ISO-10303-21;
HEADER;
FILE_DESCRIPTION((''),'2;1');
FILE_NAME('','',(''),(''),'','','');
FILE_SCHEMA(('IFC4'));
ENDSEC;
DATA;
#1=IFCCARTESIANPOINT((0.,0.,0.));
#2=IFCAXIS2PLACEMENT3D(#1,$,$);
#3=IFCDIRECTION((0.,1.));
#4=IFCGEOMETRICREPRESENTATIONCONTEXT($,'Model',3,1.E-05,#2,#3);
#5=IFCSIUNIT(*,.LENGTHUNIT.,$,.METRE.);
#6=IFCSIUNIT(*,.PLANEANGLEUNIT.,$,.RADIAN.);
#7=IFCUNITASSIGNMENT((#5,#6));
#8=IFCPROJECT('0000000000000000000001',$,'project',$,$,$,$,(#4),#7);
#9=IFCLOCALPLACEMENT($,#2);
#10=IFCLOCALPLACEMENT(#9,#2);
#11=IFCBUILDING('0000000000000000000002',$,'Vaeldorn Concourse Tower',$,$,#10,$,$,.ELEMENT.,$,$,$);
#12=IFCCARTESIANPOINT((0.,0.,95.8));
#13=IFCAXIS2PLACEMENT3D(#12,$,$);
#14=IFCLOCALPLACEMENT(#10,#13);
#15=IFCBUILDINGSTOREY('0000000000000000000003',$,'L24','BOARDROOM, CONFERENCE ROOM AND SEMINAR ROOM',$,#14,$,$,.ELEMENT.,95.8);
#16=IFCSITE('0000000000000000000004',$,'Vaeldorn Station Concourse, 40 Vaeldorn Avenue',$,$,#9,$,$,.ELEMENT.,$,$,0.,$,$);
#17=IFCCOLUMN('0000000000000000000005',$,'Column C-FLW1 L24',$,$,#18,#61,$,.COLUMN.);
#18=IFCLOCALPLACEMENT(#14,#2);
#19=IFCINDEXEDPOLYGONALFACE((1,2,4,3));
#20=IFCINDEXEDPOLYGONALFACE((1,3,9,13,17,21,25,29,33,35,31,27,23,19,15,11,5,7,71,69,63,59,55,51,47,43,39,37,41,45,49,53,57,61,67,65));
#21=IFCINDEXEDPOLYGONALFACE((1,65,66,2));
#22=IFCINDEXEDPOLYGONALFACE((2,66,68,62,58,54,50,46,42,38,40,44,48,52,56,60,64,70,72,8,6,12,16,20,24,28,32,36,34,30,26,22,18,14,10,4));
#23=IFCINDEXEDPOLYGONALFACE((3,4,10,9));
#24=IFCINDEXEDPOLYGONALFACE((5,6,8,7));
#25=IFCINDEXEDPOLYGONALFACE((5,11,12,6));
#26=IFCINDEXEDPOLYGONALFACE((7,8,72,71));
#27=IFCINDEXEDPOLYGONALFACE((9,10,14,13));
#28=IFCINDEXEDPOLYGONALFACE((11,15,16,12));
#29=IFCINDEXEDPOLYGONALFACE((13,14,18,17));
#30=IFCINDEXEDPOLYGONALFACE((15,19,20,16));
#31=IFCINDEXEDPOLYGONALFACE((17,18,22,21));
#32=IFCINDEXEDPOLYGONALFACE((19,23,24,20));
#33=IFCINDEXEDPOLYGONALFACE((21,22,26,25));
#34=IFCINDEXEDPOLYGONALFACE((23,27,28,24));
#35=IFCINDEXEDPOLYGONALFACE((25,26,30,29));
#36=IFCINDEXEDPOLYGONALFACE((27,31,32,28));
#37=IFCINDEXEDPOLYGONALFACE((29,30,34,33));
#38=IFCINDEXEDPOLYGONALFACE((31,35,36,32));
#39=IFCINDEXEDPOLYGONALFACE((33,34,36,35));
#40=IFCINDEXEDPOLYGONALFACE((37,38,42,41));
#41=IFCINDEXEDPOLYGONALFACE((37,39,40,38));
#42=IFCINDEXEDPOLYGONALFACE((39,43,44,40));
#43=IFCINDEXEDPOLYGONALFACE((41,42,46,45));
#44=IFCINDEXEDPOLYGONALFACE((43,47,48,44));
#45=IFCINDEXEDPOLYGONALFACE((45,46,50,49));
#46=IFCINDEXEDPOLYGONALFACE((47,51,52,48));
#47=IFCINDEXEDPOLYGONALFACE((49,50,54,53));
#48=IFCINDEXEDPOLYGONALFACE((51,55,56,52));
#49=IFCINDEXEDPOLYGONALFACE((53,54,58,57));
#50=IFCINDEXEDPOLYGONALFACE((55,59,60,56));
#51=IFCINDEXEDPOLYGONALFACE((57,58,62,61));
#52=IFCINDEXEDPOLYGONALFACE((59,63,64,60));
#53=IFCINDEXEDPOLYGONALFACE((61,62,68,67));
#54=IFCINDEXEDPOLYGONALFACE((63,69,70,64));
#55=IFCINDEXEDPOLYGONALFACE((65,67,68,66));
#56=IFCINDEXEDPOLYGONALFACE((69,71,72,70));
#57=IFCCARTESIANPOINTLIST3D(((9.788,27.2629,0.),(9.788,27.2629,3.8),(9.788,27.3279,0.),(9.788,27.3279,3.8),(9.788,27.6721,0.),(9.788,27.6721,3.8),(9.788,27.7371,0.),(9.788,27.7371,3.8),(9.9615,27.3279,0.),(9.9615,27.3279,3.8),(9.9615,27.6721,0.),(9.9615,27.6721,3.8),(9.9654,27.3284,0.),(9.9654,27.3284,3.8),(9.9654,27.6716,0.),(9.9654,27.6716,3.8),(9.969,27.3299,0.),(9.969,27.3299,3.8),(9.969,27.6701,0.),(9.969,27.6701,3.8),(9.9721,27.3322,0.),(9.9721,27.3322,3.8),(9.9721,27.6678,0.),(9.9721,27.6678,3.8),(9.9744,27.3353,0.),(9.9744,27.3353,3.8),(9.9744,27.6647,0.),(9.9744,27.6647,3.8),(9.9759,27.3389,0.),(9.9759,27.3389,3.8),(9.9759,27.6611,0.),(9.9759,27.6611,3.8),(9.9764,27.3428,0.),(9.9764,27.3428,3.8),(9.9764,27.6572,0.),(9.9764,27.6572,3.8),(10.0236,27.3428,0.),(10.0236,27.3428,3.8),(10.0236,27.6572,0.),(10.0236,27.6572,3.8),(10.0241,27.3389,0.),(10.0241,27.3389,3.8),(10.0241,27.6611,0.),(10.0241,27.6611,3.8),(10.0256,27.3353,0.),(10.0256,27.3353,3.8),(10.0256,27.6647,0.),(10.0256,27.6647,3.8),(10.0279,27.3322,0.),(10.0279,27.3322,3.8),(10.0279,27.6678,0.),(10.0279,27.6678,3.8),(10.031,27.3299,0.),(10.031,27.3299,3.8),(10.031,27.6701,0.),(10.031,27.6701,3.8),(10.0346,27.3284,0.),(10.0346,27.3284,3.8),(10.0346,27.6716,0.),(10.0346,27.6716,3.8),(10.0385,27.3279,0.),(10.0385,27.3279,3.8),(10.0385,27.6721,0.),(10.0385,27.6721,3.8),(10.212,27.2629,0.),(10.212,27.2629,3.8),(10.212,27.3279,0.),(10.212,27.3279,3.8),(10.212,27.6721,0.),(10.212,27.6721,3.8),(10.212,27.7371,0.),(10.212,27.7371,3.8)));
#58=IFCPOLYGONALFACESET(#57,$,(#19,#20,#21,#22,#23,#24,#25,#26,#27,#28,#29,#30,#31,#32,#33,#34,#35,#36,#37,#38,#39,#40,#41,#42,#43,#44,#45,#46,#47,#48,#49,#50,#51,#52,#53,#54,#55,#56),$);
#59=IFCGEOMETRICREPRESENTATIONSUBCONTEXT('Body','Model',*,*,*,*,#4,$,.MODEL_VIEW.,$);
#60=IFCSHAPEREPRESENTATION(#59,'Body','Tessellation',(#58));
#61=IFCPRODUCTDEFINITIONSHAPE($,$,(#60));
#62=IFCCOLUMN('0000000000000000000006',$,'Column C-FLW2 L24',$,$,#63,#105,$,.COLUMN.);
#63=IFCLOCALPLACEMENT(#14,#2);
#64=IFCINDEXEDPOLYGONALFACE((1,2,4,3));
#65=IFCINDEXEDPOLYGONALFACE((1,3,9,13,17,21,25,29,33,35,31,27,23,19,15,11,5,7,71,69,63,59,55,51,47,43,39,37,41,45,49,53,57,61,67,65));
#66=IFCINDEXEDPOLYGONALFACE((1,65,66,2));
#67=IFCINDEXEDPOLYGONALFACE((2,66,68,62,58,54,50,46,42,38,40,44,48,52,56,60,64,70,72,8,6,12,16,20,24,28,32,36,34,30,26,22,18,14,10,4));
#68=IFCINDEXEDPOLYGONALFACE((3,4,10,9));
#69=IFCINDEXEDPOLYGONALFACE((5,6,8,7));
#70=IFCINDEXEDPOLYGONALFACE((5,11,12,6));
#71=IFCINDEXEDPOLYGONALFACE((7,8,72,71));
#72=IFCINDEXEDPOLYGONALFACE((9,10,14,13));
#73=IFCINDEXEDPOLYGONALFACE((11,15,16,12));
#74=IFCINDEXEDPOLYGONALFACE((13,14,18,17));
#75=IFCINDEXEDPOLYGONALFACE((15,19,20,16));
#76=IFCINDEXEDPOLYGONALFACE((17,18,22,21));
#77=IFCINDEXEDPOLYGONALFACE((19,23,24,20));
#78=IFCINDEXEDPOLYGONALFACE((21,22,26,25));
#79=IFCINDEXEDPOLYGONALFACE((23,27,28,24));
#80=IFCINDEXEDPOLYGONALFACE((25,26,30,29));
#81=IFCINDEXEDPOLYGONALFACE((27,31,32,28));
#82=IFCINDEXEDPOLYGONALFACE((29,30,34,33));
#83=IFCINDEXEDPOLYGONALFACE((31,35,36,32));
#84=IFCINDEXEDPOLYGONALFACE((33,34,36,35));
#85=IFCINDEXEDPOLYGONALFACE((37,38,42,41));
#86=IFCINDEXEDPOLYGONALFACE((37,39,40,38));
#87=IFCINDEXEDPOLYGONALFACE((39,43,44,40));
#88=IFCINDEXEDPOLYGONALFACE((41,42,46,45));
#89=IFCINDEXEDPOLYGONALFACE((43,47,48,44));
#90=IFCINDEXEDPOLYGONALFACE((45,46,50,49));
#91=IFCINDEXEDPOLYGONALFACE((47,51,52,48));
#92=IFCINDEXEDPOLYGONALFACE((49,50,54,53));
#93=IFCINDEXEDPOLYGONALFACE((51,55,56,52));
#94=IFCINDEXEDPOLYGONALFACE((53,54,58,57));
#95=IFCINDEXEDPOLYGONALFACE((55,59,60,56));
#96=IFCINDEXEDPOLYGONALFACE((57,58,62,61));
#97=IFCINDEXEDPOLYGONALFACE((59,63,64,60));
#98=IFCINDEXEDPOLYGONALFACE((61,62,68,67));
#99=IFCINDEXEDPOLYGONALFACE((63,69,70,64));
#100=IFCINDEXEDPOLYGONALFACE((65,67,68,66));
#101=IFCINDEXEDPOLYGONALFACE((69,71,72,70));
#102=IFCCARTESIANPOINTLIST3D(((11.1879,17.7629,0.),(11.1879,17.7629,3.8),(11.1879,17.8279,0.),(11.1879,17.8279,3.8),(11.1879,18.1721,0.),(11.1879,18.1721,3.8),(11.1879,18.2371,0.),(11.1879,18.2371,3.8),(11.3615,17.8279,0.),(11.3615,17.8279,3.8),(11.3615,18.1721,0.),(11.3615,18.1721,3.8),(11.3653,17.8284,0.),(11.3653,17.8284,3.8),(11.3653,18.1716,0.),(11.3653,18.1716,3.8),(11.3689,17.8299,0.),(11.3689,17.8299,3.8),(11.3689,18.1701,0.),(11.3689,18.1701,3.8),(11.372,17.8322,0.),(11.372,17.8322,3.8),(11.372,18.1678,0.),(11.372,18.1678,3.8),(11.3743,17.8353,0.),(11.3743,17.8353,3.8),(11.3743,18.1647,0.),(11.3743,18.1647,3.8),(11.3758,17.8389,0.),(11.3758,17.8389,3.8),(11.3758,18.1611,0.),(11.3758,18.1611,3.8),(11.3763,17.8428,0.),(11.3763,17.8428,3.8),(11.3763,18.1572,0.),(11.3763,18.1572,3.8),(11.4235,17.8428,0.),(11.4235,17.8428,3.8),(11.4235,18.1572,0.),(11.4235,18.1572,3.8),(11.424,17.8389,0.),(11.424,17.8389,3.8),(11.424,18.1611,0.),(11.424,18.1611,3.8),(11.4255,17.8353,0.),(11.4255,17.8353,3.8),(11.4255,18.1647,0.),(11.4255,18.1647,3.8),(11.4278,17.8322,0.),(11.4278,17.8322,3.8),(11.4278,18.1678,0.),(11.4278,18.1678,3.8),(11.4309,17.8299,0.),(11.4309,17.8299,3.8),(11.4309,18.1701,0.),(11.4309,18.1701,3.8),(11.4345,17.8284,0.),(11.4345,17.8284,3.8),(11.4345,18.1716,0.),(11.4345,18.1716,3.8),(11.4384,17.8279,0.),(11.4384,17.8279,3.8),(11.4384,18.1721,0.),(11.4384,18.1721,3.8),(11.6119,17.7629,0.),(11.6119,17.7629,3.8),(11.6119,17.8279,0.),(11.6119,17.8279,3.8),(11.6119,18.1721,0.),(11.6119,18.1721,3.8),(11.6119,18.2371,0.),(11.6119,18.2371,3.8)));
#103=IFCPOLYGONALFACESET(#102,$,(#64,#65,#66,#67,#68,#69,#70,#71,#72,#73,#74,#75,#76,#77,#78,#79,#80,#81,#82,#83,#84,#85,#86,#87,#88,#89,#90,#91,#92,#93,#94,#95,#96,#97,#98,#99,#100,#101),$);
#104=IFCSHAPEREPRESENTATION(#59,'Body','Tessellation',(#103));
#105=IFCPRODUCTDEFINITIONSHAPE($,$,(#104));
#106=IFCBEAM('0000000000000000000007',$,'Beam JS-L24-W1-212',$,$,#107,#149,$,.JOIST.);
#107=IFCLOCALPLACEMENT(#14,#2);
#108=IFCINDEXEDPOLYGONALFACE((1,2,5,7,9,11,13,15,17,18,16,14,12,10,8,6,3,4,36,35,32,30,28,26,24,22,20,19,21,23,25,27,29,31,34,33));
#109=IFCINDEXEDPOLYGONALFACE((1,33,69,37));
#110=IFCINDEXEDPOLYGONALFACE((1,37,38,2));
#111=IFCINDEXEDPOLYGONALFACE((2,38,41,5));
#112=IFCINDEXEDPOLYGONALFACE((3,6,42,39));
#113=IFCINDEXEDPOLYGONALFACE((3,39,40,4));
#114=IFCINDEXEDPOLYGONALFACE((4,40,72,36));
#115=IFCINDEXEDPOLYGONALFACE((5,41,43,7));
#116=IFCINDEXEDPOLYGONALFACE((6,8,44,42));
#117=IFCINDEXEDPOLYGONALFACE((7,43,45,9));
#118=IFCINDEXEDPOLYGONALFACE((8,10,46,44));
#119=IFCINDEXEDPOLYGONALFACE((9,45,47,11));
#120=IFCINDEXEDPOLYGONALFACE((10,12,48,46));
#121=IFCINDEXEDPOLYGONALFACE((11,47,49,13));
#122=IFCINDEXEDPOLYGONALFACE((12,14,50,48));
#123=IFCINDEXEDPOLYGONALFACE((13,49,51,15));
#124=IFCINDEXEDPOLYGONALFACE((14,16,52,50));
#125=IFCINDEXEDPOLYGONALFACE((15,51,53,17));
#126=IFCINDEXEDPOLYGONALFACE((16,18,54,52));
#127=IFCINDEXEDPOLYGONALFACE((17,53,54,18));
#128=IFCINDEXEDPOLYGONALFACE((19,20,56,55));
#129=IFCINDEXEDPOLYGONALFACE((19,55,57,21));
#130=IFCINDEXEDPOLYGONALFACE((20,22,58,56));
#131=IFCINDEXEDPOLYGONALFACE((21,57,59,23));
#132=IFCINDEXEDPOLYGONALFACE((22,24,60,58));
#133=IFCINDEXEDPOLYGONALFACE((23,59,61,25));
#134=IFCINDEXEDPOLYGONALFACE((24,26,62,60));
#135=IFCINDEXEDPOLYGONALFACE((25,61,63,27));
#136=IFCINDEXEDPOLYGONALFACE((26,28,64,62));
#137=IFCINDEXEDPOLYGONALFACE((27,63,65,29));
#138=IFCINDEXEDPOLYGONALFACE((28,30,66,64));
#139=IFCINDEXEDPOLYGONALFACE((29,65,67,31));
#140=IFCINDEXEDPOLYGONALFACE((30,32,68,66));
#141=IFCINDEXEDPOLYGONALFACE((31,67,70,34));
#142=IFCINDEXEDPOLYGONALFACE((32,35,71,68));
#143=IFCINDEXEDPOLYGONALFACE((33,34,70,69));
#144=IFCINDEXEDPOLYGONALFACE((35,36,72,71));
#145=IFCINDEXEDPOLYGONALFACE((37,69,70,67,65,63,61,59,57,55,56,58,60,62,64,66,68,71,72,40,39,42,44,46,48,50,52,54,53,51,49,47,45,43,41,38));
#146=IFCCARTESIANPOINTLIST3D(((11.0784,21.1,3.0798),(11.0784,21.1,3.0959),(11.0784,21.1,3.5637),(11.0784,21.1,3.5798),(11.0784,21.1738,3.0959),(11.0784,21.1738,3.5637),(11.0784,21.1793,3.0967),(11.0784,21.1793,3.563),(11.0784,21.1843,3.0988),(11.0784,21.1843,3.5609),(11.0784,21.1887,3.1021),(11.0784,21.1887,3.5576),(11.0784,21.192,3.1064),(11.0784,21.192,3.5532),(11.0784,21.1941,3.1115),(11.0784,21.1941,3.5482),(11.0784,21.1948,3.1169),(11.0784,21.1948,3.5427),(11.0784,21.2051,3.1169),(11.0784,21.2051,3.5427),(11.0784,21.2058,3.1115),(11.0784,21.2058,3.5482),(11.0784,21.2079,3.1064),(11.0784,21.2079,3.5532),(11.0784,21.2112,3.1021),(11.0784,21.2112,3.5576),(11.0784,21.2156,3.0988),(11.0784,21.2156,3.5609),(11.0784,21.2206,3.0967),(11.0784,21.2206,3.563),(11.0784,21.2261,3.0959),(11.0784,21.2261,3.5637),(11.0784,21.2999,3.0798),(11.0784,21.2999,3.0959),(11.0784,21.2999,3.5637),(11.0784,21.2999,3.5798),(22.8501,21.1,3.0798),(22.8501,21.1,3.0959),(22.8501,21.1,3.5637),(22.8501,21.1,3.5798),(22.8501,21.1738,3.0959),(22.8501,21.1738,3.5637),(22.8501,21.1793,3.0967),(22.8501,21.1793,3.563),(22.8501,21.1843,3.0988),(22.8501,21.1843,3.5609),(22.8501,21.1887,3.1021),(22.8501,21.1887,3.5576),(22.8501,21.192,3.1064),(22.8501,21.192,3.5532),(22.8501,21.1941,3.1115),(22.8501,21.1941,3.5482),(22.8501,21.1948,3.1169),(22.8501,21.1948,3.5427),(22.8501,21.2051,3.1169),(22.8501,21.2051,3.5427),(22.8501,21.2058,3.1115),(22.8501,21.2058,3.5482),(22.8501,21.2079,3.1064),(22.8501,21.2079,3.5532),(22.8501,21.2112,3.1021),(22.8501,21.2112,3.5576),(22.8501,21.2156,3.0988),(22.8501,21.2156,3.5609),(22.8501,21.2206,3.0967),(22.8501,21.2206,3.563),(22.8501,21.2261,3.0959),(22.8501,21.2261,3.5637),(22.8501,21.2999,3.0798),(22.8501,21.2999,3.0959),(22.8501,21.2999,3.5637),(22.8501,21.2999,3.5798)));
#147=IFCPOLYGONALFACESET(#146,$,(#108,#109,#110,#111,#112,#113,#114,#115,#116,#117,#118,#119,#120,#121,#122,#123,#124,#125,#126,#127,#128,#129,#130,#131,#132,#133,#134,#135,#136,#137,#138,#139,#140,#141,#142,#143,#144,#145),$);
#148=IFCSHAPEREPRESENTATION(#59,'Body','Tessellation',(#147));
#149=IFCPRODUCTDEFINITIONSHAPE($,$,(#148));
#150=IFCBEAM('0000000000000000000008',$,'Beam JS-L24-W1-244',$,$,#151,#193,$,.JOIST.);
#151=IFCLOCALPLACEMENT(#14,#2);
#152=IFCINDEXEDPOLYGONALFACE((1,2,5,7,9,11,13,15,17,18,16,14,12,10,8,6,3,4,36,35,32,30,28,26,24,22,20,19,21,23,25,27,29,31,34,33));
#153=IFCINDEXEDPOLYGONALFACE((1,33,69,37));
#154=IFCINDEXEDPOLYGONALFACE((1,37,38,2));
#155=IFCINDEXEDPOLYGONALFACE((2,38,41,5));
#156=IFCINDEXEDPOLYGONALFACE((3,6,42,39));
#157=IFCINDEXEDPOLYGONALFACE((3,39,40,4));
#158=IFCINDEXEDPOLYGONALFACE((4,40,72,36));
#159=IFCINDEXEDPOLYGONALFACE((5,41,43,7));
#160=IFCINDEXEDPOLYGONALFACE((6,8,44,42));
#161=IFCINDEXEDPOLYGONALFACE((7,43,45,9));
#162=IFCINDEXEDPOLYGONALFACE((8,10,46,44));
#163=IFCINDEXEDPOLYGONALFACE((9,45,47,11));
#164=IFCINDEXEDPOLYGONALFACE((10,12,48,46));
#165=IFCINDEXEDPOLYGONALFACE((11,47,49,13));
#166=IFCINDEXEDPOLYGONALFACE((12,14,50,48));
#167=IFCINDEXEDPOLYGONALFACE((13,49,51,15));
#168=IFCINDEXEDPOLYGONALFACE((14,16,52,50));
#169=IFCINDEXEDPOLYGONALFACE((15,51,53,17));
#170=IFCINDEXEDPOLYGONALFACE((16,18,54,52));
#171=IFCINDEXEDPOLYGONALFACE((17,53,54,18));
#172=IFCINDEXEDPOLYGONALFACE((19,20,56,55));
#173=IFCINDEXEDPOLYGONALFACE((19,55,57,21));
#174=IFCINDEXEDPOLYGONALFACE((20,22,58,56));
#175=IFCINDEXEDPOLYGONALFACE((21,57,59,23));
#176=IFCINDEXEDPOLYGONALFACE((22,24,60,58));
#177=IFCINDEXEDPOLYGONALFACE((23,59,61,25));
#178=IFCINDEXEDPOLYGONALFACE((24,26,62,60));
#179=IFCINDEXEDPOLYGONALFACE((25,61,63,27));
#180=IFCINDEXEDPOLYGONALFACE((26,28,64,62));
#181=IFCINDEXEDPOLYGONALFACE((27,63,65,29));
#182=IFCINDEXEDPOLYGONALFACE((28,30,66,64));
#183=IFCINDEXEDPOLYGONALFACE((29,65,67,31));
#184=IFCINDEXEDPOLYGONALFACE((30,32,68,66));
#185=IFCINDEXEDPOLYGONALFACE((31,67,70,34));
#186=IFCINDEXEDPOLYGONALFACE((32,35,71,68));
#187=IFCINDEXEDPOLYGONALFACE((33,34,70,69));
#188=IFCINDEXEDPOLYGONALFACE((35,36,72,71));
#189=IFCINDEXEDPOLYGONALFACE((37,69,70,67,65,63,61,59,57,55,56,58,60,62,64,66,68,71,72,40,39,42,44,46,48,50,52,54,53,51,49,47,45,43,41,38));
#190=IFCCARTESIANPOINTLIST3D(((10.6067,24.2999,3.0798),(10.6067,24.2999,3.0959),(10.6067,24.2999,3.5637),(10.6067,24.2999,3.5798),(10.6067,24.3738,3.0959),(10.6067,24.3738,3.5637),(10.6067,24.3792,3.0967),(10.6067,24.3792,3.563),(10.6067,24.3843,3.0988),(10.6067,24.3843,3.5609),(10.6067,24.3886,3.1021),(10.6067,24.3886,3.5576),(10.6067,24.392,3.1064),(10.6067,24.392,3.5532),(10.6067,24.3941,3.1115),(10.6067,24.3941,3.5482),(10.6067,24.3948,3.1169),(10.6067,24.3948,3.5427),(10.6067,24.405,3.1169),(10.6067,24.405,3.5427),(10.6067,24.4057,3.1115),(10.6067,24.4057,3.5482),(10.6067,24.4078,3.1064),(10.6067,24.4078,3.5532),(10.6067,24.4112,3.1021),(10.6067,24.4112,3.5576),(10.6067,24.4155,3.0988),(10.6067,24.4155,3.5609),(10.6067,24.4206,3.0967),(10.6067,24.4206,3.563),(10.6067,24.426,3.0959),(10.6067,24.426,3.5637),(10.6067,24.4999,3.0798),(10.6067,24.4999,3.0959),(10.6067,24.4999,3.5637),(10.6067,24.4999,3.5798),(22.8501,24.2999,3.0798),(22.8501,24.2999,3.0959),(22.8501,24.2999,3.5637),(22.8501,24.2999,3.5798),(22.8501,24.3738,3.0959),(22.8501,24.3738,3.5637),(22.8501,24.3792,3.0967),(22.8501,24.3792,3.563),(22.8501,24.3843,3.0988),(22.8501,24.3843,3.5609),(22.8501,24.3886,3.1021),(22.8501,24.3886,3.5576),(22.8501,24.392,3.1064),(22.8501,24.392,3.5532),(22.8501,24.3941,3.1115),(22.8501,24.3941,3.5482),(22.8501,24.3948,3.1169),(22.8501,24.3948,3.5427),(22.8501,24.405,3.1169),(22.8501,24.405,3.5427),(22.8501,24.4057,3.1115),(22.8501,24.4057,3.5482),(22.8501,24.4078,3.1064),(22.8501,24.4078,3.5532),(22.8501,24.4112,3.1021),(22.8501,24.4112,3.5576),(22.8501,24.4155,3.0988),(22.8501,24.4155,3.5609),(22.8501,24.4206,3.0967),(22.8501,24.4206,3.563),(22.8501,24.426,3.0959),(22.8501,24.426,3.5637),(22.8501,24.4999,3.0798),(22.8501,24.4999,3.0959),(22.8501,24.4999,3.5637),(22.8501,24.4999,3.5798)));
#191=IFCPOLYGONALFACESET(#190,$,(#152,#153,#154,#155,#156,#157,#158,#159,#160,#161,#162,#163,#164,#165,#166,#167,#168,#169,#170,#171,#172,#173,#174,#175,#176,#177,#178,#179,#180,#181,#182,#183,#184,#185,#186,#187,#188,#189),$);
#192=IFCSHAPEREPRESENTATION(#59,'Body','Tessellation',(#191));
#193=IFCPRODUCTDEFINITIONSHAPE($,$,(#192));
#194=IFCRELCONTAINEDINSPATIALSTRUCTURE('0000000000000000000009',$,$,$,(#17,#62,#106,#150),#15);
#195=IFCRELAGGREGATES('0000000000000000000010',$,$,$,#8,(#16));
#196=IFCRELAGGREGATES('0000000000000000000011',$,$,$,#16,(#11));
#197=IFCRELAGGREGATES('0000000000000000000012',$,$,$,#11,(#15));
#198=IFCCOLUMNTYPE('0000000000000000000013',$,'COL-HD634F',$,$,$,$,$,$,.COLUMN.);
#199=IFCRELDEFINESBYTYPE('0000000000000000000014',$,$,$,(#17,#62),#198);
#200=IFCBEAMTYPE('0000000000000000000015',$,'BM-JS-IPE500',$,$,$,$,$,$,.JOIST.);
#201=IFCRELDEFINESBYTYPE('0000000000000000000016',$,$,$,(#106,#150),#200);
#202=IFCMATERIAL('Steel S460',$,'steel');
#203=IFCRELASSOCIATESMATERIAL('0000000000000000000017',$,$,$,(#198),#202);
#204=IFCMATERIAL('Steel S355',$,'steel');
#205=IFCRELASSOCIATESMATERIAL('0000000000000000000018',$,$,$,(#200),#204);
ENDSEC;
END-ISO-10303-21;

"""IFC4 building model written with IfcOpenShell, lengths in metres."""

from ifc_helpers import new_model, si_unit, direction, frame, origin, origin_2d, place, context, subcontext, project, spatial, i_section, extrude, source, transform, mapped, material, material_profile, profile_set, type_object, element, save


model = new_model("IFC4")

# Units and contexts
model_context = context("Model", 3, precision=1e-05, world=origin(), true_north=direction((0.0, 1.0)))
body_context = subcontext(model_context, "Body", "Model", "MODEL_VIEW")
ifc_project = project(units=[si_unit("LENGTHUNIT", "METRE"), si_unit("PLANEANGLEUNIT", "RADIAN")], contexts=[model_context])

# Site, building, storey
site_placement = place(None, origin())
site = spatial("IfcSite", under=ifc_project, at=site_placement, Name="Vaeldorn Station Concourse, 40 Vaeldorn Avenue", CompositionType="ELEMENT", RefElevation=0.0)
building_placement = place(site_placement, origin())
building = spatial("IfcBuilding", under=site, at=building_placement, Name="Vaeldorn Concourse Tower", CompositionType="ELEMENT")
storey_placement = place(building_placement, frame((0.0, 0.0, 95.8)))
storey = spatial("IfcBuildingStorey", under=building, at=storey_placement, Name="L24", Description="BOARDROOM, CONFERENCE ROOM AND SEMINAR ROOM", CompositionType="ELEMENT", Elevation=95.8)

# Columns
ifc_material_1 = material(Name="Steel S460", Category="steel")
ifc_material_profile_1 = material_profile(ifc_material_1, i_section(OverallWidth=0.4241, OverallDepth=0.4741, WebThickness=0.0471, FlangeThickness=0.0649, FilletRadius=0.0149, at=origin_2d()), Name="HD 400x634")
ifc_profile_set_1 = profile_set([ifc_material_profile_1], Name="Steel S460")
column_type = type_object("IfcColumnType", Name="COL-HD634F", PredefinedType="COLUMN", material=ifc_profile_set_1)
shared_shape_1 = source(origin(), body_context, "Body", "SweptSolid", [
    extrude(i_section(OverallWidth=0.4241, OverallDepth=0.4741, WebThickness=0.0471, FlangeThickness=0.0649, FilletRadius=0.0149, at=origin_2d()), origin(), (0.0, 0.0, 1.0), 3.8),
])
for number, where, z_axis, x_axis, name in (
    (1, (10.0, 27.5, 0.0), (0.0, 0.0, 1.0), (1.0, 0.0, 0.0), "Column C-FLW1 L24"),
    (2, (11.3999, 18.0, 0.0), (0.0, 0.0, 1.0), (1.0, 0.0, 0.0), "Column C-FLW2 L24"),
):
    element("IfcColumn", number, at=place(storey_placement, frame(where, z_axis=z_axis, x_axis=x_axis)), inside=storey, type_object=column_type, Name=name, PredefinedType="COLUMN", context=body_context, shape_type="MappedRepresentation", body=[
        mapped(shared_shape_1, transform((0.0, 0.0, 0.0), scale=1.0)),
    ])

# Beams
ifc_material_2 = material(Name="Steel S355", Category="steel")
ifc_material_profile_2 = material_profile(ifc_material_2, i_section(OverallWidth=0.2, OverallDepth=0.5, WebThickness=0.0103, FlangeThickness=0.0161, FilletRadius=0.021, at=origin_2d()), Name="IPE 500")
ifc_profile_set_2 = profile_set([ifc_material_profile_2], Name="Steel S355")
beam_type_1 = type_object("IfcBeamType", Name="BM-JS-IPE500", PredefinedType="JOIST", material=ifc_profile_set_2)
shared_shape_2 = source(origin(), body_context, "Body", "SweptSolid", [
    extrude(i_section(OverallWidth=0.2, OverallDepth=0.5, WebThickness=0.0103, FlangeThickness=0.0161, FilletRadius=0.021, at=origin_2d()), origin(), (0.0, 0.0, 1.0), 11.7717),
])
beam_1_placement = place(storey_placement, frame((11.0784, 21.2, 3.3298), z_axis=(1.0, 0.0, 0.0), x_axis=(0.0, 1.0, 0.0)))
element("IfcBeam", 3, at=beam_1_placement, inside=storey, type_object=beam_type_1, Name="Beam JS-L24-W1-212", PredefinedType="JOIST", context=body_context, shape_type="MappedRepresentation", body=[
    mapped(shared_shape_2, transform((0.0, 0.0, 0.0), scale=1.0)),
])
shared_shape_3 = source(origin(), body_context, "Body", "SweptSolid", [
    extrude(i_section(OverallWidth=0.2, OverallDepth=0.5, WebThickness=0.0103, FlangeThickness=0.0161, FilletRadius=0.021, at=origin_2d()), origin(), (0.0, 0.0, 1.0), 12.2434),
])
beam_2_placement = place(storey_placement, frame((10.6067, 24.3999, 3.3298), z_axis=(1.0, 0.0, 0.0), x_axis=(0.0, 1.0, 0.0)))
element("IfcBeam", 4, at=beam_2_placement, inside=storey, type_object=beam_type_1, Name="Beam JS-L24-W1-244", PredefinedType="JOIST", context=body_context, shape_type="MappedRepresentation", body=[
    mapped(shared_shape_3, transform((0.0, 0.0, 0.0), scale=1.0)),
])

save(model, "model.ifc")
